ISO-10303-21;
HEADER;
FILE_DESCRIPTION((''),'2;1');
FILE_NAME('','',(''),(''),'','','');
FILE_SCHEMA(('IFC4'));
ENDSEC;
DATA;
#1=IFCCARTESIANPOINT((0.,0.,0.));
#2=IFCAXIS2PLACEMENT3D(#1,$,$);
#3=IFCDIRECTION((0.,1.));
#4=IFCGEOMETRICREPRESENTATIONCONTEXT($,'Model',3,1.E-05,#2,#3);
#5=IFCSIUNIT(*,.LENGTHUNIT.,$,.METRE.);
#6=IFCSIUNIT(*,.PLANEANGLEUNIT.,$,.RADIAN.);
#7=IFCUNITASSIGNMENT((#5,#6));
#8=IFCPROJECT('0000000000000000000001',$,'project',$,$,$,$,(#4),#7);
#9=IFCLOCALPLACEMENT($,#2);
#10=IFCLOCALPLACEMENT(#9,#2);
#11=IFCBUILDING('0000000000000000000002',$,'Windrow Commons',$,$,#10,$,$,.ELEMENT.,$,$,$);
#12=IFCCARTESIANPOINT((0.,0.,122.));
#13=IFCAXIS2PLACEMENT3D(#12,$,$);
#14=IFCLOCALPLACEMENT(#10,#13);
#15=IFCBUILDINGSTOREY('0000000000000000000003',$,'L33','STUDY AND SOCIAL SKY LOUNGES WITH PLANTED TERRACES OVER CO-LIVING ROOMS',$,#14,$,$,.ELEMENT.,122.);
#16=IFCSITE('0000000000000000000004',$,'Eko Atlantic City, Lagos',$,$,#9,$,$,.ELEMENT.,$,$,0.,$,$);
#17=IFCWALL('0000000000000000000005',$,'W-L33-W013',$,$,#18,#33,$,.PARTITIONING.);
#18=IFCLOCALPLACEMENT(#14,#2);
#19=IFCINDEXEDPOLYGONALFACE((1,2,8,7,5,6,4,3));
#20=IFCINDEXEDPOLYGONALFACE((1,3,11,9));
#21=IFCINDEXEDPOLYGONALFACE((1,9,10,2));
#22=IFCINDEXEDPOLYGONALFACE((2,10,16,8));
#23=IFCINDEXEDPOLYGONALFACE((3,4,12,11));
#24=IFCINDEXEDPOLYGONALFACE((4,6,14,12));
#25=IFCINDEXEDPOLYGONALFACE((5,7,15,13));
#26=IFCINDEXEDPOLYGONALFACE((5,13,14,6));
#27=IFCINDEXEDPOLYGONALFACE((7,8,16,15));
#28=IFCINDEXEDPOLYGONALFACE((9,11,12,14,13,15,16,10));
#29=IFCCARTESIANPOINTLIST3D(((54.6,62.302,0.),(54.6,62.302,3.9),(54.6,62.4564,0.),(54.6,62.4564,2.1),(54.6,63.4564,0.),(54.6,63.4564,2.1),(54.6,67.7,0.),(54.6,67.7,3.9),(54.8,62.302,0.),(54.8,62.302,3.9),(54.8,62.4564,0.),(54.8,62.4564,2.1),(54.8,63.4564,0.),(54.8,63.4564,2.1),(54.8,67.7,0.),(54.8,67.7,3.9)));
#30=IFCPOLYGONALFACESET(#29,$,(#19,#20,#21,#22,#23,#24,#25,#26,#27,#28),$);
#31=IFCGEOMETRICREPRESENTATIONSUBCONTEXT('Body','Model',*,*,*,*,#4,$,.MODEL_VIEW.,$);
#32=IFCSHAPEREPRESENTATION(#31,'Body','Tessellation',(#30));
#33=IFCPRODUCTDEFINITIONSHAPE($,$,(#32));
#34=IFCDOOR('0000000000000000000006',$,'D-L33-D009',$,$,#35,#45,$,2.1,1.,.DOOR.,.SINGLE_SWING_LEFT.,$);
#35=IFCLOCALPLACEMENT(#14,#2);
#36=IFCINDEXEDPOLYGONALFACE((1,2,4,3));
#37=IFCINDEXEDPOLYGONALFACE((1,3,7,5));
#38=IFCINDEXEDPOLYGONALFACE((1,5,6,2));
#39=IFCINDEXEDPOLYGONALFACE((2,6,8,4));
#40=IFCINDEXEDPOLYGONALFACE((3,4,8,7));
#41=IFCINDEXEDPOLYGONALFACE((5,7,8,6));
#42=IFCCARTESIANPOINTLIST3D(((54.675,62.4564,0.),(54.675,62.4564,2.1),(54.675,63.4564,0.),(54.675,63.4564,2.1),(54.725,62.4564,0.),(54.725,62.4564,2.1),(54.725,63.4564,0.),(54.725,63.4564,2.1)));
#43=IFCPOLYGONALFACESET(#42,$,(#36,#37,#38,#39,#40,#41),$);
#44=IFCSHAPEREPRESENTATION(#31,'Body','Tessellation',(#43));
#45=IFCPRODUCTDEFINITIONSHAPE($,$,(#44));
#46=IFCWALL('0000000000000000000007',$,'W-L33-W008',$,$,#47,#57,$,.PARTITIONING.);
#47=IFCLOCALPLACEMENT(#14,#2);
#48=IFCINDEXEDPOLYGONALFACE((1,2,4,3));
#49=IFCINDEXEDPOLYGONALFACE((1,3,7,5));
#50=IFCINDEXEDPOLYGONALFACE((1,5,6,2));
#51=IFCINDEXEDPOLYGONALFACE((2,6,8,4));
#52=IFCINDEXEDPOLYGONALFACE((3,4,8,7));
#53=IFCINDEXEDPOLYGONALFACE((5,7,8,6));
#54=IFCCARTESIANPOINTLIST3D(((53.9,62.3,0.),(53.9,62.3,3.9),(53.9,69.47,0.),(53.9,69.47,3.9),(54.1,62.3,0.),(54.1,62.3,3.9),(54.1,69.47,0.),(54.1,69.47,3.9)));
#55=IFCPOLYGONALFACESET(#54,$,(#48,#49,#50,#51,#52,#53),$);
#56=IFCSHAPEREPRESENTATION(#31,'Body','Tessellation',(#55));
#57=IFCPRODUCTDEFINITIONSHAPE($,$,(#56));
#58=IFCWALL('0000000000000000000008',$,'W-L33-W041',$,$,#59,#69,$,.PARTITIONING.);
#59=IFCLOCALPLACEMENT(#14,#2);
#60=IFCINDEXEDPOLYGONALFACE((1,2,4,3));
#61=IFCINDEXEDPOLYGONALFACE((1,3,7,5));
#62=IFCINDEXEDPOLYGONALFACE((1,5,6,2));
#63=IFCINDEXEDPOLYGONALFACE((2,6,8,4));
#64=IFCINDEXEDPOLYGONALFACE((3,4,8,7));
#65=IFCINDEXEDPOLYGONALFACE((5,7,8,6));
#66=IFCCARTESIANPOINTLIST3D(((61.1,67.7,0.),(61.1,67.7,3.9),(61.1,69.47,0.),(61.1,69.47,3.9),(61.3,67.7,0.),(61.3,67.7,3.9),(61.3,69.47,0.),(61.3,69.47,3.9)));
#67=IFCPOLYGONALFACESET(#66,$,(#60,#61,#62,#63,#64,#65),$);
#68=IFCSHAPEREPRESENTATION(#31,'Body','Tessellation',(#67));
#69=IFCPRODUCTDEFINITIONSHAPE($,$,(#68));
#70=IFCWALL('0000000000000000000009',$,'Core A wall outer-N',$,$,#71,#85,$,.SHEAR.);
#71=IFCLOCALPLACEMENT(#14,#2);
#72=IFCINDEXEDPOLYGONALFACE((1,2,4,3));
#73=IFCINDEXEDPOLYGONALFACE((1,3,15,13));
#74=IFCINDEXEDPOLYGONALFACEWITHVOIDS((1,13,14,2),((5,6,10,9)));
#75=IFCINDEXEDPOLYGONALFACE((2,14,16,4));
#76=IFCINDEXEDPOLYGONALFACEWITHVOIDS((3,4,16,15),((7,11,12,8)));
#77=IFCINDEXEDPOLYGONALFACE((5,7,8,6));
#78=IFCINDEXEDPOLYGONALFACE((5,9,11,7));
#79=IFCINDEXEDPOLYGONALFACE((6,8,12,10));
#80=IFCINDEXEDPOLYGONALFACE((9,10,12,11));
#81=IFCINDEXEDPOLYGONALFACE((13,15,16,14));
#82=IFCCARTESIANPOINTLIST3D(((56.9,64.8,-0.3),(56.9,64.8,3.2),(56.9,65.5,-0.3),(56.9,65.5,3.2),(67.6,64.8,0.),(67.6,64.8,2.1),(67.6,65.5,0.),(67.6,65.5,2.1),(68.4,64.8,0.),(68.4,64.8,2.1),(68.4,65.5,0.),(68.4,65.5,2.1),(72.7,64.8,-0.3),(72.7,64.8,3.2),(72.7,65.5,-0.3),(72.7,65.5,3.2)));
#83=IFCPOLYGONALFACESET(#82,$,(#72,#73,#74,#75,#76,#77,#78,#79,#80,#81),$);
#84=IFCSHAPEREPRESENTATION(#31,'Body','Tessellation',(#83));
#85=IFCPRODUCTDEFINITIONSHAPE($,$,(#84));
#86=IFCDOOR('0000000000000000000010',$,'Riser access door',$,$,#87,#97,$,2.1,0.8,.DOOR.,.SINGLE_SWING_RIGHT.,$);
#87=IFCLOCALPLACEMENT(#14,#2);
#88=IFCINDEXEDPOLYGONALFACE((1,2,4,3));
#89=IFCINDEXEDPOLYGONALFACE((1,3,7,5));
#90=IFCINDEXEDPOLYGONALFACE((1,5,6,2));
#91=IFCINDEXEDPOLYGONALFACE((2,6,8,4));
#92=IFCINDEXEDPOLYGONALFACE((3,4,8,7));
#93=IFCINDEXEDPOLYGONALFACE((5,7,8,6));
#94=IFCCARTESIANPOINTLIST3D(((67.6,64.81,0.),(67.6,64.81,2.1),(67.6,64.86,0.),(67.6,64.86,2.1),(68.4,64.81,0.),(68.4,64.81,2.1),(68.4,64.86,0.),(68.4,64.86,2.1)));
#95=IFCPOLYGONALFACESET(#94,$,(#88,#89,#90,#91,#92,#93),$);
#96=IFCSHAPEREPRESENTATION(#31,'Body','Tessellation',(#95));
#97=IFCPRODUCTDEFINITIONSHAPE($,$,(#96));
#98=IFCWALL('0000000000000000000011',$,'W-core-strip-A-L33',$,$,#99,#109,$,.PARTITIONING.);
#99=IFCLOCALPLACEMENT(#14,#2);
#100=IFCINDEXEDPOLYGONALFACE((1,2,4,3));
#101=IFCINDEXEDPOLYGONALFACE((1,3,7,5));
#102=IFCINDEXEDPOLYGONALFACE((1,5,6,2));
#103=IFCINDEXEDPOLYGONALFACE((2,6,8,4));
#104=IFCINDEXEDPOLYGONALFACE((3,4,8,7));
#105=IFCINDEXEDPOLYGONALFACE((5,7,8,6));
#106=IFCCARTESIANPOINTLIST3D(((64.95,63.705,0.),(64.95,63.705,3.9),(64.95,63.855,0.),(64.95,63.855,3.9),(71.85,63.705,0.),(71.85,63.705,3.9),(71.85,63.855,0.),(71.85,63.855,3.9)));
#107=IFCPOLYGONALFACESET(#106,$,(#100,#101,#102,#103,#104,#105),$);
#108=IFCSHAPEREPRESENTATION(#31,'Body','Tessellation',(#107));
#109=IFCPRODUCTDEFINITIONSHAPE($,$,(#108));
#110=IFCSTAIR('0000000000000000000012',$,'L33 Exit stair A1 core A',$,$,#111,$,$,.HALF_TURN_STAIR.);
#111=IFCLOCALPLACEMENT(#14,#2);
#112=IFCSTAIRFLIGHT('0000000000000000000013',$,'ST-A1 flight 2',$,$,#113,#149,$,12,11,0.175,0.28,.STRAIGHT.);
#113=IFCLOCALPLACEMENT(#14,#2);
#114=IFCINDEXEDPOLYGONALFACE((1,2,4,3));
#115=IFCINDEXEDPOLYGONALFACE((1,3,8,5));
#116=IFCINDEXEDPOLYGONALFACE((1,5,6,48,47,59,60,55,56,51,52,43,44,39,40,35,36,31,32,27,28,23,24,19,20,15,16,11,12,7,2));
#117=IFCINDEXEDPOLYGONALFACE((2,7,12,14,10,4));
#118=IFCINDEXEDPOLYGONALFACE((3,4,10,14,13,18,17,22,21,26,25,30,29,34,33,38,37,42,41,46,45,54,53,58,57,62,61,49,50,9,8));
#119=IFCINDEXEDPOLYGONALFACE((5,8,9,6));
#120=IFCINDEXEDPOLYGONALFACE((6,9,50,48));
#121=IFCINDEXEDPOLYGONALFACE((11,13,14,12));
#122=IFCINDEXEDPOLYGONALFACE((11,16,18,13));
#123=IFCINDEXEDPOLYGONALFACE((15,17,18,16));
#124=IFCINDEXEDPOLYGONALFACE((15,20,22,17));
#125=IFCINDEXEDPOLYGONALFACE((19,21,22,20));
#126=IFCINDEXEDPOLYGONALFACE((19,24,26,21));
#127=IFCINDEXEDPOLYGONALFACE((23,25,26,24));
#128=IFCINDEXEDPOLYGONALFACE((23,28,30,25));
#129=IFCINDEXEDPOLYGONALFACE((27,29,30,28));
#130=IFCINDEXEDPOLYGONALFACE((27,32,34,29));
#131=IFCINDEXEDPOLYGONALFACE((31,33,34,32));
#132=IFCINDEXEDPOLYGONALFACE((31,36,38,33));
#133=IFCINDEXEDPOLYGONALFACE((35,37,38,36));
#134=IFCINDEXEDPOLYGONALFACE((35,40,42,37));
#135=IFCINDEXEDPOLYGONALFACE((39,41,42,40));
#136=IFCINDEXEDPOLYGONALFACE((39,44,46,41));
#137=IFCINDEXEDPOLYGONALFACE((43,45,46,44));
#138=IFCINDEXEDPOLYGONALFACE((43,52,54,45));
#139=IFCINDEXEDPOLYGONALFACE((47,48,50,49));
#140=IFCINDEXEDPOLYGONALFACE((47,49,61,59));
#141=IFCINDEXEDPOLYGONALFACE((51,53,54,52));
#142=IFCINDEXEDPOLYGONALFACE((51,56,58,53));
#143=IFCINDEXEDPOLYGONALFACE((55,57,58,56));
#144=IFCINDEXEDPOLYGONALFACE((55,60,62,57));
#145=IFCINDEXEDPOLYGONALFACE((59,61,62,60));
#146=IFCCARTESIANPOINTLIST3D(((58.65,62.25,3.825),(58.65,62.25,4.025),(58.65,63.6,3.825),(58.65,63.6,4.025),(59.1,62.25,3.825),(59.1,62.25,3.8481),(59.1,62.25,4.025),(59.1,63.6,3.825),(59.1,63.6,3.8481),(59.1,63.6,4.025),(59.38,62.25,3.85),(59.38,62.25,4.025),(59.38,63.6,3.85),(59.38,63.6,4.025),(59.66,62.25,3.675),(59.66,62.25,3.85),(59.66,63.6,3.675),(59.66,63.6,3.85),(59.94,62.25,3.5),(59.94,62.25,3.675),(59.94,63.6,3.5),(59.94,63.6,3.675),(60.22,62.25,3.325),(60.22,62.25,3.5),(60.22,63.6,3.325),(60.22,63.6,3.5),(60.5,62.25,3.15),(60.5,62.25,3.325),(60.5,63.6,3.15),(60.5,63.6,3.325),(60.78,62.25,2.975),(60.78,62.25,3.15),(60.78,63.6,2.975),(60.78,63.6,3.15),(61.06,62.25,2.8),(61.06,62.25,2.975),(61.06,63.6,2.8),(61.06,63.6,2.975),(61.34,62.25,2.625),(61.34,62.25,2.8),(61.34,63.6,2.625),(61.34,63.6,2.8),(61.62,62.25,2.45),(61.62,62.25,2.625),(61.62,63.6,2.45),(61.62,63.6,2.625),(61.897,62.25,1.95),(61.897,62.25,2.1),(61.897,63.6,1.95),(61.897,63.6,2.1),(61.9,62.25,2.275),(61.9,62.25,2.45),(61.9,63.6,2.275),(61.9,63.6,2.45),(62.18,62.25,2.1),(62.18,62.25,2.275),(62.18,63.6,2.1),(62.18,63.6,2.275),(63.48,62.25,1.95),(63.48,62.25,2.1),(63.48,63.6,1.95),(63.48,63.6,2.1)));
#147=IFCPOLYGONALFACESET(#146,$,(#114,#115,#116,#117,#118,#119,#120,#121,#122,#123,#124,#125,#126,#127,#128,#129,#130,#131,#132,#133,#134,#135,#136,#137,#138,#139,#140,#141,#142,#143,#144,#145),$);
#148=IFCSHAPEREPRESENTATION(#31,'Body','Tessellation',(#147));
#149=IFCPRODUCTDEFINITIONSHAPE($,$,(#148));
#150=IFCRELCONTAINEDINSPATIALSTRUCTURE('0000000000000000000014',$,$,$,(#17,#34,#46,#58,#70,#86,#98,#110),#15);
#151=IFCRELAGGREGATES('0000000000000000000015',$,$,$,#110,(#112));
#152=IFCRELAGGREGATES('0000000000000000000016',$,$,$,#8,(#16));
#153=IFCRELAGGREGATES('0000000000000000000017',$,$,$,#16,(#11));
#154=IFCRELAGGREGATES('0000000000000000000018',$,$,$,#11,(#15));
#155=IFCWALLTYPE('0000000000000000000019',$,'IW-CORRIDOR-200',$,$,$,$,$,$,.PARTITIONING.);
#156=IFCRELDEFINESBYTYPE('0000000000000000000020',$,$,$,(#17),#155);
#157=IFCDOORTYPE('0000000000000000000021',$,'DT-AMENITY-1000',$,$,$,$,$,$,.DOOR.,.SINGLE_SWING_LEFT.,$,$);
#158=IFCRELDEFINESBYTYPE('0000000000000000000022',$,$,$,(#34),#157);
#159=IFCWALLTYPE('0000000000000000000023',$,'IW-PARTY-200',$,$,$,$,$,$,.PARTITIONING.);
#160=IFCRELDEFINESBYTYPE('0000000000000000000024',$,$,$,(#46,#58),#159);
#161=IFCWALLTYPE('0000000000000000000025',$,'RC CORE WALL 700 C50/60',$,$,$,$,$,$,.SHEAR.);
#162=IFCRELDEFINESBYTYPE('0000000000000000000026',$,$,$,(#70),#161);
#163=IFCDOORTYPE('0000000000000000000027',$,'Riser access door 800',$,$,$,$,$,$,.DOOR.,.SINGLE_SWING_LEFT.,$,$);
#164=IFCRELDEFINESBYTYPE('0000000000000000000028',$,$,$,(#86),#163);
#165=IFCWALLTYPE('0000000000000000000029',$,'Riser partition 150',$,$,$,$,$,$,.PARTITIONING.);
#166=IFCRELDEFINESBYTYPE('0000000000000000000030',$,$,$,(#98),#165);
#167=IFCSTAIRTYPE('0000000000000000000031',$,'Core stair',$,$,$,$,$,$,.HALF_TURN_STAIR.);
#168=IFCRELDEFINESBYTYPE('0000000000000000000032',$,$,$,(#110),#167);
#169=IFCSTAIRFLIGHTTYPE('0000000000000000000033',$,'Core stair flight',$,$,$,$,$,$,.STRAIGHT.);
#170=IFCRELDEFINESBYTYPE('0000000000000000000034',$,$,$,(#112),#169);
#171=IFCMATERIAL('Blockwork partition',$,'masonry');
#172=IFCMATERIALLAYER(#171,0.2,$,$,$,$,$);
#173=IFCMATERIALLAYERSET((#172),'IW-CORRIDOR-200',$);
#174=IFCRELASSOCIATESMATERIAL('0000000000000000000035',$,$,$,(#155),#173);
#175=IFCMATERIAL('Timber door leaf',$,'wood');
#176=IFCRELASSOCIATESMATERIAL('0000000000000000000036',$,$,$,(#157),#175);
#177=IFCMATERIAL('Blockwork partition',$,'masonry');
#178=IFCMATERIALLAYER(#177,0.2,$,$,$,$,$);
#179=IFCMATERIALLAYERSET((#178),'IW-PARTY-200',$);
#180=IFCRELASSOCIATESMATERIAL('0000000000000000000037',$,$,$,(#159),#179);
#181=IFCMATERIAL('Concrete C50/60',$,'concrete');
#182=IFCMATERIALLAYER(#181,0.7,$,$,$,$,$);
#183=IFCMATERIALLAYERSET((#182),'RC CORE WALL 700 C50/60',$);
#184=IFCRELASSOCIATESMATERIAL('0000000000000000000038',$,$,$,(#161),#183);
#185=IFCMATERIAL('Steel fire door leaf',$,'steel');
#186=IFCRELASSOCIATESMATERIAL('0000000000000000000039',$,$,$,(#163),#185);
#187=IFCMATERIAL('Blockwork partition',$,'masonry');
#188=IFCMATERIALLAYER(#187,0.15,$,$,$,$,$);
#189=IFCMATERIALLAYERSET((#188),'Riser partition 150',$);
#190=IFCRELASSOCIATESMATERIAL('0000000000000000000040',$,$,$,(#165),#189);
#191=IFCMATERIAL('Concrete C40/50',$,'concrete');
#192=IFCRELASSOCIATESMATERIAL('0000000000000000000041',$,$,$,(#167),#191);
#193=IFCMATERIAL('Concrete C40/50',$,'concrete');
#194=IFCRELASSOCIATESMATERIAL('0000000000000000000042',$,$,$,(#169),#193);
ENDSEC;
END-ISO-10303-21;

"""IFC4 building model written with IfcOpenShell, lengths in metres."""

from ifc_helpers import new_model, si_unit, direction, frame, frame_2d, origin, place, context, subcontext, project, spatial, polyline, rectangle, outline, extrude, material, layer, layer_set, type_object, element, fill, aggregate, save


model = new_model("IFC4")

# Units and contexts
model_context = context("Model", 3, precision=1e-05, world=origin(), true_north=direction((0.0, 1.0)))
body_context = subcontext(model_context, "Body", "Model", "MODEL_VIEW")
ifc_project = project(units=[si_unit("LENGTHUNIT", "METRE"), si_unit("PLANEANGLEUNIT", "RADIAN")], contexts=[model_context])

# Site, building, storey
site_placement = place(None, origin())
site = spatial("IfcSite", under=ifc_project, at=site_placement, Name="Eko Atlantic City, Lagos", CompositionType="ELEMENT", RefElevation=0.0)
building_placement = place(site_placement, origin())
building = spatial("IfcBuilding", under=site, at=building_placement, Name="Windrow Commons", CompositionType="ELEMENT")
storey_placement = place(building_placement, frame((0.0, 0.0, 122.0)))
storey = spatial("IfcBuildingStorey", under=building, at=storey_placement, Name="L33", Description="STUDY AND SOCIAL SKY LOUNGES WITH PLANTED TERRACES OVER CO-LIVING ROOMS", CompositionType="ELEMENT", Elevation=122.0)

# Shared definitions
placement = place(storey_placement, origin())

# Wall, opening, door
ifc_material_1 = material(Name="Blockwork partition", Category="masonry")
ifc_layer_1 = layer(ifc_material_1, 0.2)
ifc_layer_set_1 = layer_set([ifc_layer_1], Name="IW-CORRIDOR-200")
wall_type_1 = type_object("IfcWallType", Name="IW-CORRIDOR-200", PredefinedType="PARTITIONING", material=ifc_layer_set_1)
ifc_material_2 = material(Name="Timber door leaf", Category="wood")
door_type_1 = type_object("IfcDoorType", Name="DT-AMENITY-1000", OperationType="SINGLE_SWING_LEFT", PredefinedType="DOOR", material=ifc_material_2)
wall_1_placement = place(storey_placement, frame((54.7, 62.302, 0.0), z_axis=(0.0, 0.0, 1.0), x_axis=(0.0, 1.0, 0.0)))
wall_1 = element("IfcWall", 1, at=wall_1_placement, inside=storey, type_object=wall_type_1, Name="W-L33-W013", PredefinedType="PARTITIONING", context=body_context, shape_type="SweptSolid", body=[
    extrude(rectangle(XDim=5.398, YDim=0.2, at=frame_2d((2.699, 0.0))), origin(), (0.0, 0.0, 1.0), 3.9),
])
opening_1_placement = place(wall_1_placement, frame((0.1544, 0.0, 0.0)))
opening_1 = element("IfcOpeningElement", 2, at=opening_1_placement, cuts=wall_1, PredefinedType="OPENING", context=body_context, shape_type="SweptSolid", body=[
    extrude(rectangle(XDim=1.0, YDim=2.1, at=frame_2d((0.5, 1.05))), frame((0.0, 0.11, 0.0), z_axis=(0.0, -1.0, 0.0), x_axis=(1.0, 0.0, 0.0)), (0.0, 0.0, 1.0), 0.22),
])
door_1_placement = place(opening_1_placement, origin())
door_1 = element("IfcDoor", 3, at=door_1_placement, inside=storey, type_object=door_type_1, Name="D-L33-D009", OperationType="SINGLE_SWING_LEFT", OverallHeight=2.1, OverallWidth=1.0, PredefinedType="DOOR", context=body_context, shape_type="SweptSolid", body=[
    extrude(rectangle(XDim=1.0, YDim=2.1, at=frame_2d((0.5, 1.05))), frame((0.0, 0.025, 0.0), z_axis=(0.0, -1.0, 0.0), x_axis=(1.0, 0.0, 0.0)), (0.0, 0.0, 1.0), 0.05),
])
fill(opening_1, door_1)

# Walls
ifc_material_3 = material(Name="Blockwork partition", Category="masonry")
ifc_layer_2 = layer(ifc_material_3, 0.2)
ifc_layer_set_2 = layer_set([ifc_layer_2], Name="IW-PARTY-200")
wall_type_2 = type_object("IfcWallType", Name="IW-PARTY-200", PredefinedType="PARTITIONING", material=ifc_layer_set_2)
wall_2_placement = place(storey_placement, frame((54.0, 62.3, 0.0), z_axis=(0.0, 0.0, 1.0), x_axis=(0.0, 1.0, 0.0)))
element("IfcWall", 4, at=wall_2_placement, inside=storey, type_object=wall_type_2, Name="W-L33-W008", PredefinedType="PARTITIONING", context=body_context, shape_type="SweptSolid", body=[
    extrude(rectangle(XDim=7.17, YDim=0.2, at=frame_2d((3.585, 0.0))), origin(), (0.0, 0.0, 1.0), 3.9),
])
wall_3_placement = place(storey_placement, frame((61.2, 67.7, 0.0), z_axis=(0.0, 0.0, 1.0), x_axis=(0.0, 1.0, 0.0)))
element("IfcWall", 5, at=wall_3_placement, inside=storey, type_object=wall_type_2, Name="W-L33-W041", PredefinedType="PARTITIONING", context=body_context, shape_type="SweptSolid", body=[
    extrude(rectangle(XDim=1.77, YDim=0.2, at=frame_2d((0.885, 0.0))), origin(), (0.0, 0.0, 1.0), 3.9),
])

# Wall, opening, door
ifc_material_4 = material(Name="Concrete C50/60", Category="concrete")
ifc_layer_3 = layer(ifc_material_4, 0.7)
ifc_layer_set_3 = layer_set([ifc_layer_3], Name="RC CORE WALL 700 C50/60")
wall_type_3 = type_object("IfcWallType", Name="RC CORE WALL 700 C50/60", PredefinedType="SHEAR", material=ifc_layer_set_3)
wall_4_placement = place(storey_placement, frame((56.9, 65.15, -0.3), z_axis=(0.0, 0.0, 1.0), x_axis=(1.0, 0.0, 0.0)))
wall_4 = element("IfcWall", 6, at=wall_4_placement, inside=storey, type_object=wall_type_3, Name="Core A wall outer-N", PredefinedType="SHEAR", context=body_context, shape_type="SweptSolid", body=[
    extrude(rectangle(XDim=15.8, YDim=0.7, at=frame_2d((7.9, 0.0))), origin(), (0.0, 0.0, 1.0), 3.5),
])
opening_2_placement = place(wall_4_placement, frame((10.7, 0.0, 0.3)))
opening_2 = element("IfcOpeningElement", 7, at=opening_2_placement, cuts=wall_4, PredefinedType="OPENING", context=body_context, shape_type="SweptSolid", body=[
    extrude(rectangle(XDim=0.8, YDim=2.1, at=frame_2d((0.4, 1.05))), frame((0.0, 0.36, 0.0), z_axis=(0.0, -1.0, 0.0), x_axis=(1.0, 0.0, 0.0)), (0.0, 0.0, 1.0), 0.72),
])
ifc_material_5 = material(Name="Steel fire door leaf", Category="steel")
door_type_2 = type_object("IfcDoorType", Name="Riser access door 800", OperationType="SINGLE_SWING_LEFT", PredefinedType="DOOR", material=ifc_material_5)
door_2_placement = place(opening_2_placement, origin())
door_2 = element("IfcDoor", 8, at=door_2_placement, inside=storey, type_object=door_type_2, Name="Riser access door", OperationType="SINGLE_SWING_RIGHT", OverallHeight=2.1, OverallWidth=0.8, PredefinedType="DOOR", context=body_context, shape_type="SweptSolid", body=[
    extrude(rectangle(XDim=0.8, YDim=2.1, at=frame_2d((0.4, 1.05))), frame((0.0, -0.29, 0.0), z_axis=(0.0, -1.0, 0.0), x_axis=(1.0, 0.0, 0.0)), (0.0, 0.0, 1.0), 0.05),
])
fill(opening_2, door_2)

# Wall
ifc_material_6 = material(Name="Blockwork partition", Category="masonry")
ifc_layer_4 = layer(ifc_material_6, 0.15)
ifc_layer_set_4 = layer_set([ifc_layer_4], Name="Riser partition 150")
wall_type_4 = type_object("IfcWallType", Name="Riser partition 150", PredefinedType="PARTITIONING", material=ifc_layer_set_4)
wall_5_placement = place(storey_placement, frame((64.95, 63.78, 0.0), z_axis=(0.0, 0.0, 1.0), x_axis=(1.0, 0.0, 0.0)))
element("IfcWall", 9, at=wall_5_placement, inside=storey, type_object=wall_type_4, Name="W-core-strip-A-L33", PredefinedType="PARTITIONING", context=body_context, shape_type="SweptSolid", body=[
    extrude(rectangle(XDim=6.9, YDim=0.15, at=frame_2d((3.45, 0.0))), origin(), (0.0, 0.0, 1.0), 3.9),
])

# Stair, stair flight
ifc_material_7 = material(Name="Concrete C40/50", Category="concrete")
stair_type = type_object("IfcStairType", Name="Core stair", PredefinedType="HALF_TURN_STAIR", material=ifc_material_7)
stair = element("IfcStair", 10, at=placement, inside=storey, type_object=stair_type, Name="L33 Exit stair A1 core A", PredefinedType="HALF_TURN_STAIR")
ifc_material_8 = material(Name="Concrete C40/50", Category="concrete")
stair_flight_type = type_object("IfcStairFlightType", Name="Core stair flight", PredefinedType="STRAIGHT", material=ifc_material_8)
stair_flight_placement = place(storey_placement, frame((62.18, 62.925, 2.1), z_axis=(0.0, 0.0, 1.0), x_axis=(-1.0, 0.0, 0.0)))
stair_flight = element("IfcStairFlight", 11, at=stair_flight_placement, type_object=stair_flight_type, Name="ST-A1 flight 2", NumberOfRisers=12, NumberOfTreads=11, PredefinedType="STRAIGHT", RiserHeight=0.175, TreadLength=0.28, context=body_context, shape_type="SweptSolid", body=[
    extrude(outline(polyline([(-1.3, -0.15), (-1.3, 0.0), (0.0, 0.0), (0.0, 0.175), (0.28, 0.175), (0.28, 0.35), (0.56, 0.35), (0.56, 0.525), (0.84, 0.525), (0.84, 0.7), (1.12, 0.7), (1.12, 0.875), (1.4, 0.875), (1.4, 1.05), (1.68, 1.05), (1.68, 1.225), (1.96, 1.225), (1.96, 1.4), (2.24, 1.4), (2.24, 1.575), (2.52, 1.575), (2.52, 1.75), (2.8, 1.75), (2.8, 1.925), (3.08, 1.925), (3.53, 1.925), (3.53, 1.725), (3.08, 1.725), (3.08, 1.7481), (0.283, 0.0), (0.283, -0.15), (-1.3, -0.15)])), frame((0.0, 0.675, 0.0), z_axis=(0.0, -1.0, 0.0), x_axis=(1.0, 0.0, 0.0)), (0.0, 0.0, 1.0), 1.35),
])
aggregate(stair, [stair_flight])

save(model, "model.ifc")
